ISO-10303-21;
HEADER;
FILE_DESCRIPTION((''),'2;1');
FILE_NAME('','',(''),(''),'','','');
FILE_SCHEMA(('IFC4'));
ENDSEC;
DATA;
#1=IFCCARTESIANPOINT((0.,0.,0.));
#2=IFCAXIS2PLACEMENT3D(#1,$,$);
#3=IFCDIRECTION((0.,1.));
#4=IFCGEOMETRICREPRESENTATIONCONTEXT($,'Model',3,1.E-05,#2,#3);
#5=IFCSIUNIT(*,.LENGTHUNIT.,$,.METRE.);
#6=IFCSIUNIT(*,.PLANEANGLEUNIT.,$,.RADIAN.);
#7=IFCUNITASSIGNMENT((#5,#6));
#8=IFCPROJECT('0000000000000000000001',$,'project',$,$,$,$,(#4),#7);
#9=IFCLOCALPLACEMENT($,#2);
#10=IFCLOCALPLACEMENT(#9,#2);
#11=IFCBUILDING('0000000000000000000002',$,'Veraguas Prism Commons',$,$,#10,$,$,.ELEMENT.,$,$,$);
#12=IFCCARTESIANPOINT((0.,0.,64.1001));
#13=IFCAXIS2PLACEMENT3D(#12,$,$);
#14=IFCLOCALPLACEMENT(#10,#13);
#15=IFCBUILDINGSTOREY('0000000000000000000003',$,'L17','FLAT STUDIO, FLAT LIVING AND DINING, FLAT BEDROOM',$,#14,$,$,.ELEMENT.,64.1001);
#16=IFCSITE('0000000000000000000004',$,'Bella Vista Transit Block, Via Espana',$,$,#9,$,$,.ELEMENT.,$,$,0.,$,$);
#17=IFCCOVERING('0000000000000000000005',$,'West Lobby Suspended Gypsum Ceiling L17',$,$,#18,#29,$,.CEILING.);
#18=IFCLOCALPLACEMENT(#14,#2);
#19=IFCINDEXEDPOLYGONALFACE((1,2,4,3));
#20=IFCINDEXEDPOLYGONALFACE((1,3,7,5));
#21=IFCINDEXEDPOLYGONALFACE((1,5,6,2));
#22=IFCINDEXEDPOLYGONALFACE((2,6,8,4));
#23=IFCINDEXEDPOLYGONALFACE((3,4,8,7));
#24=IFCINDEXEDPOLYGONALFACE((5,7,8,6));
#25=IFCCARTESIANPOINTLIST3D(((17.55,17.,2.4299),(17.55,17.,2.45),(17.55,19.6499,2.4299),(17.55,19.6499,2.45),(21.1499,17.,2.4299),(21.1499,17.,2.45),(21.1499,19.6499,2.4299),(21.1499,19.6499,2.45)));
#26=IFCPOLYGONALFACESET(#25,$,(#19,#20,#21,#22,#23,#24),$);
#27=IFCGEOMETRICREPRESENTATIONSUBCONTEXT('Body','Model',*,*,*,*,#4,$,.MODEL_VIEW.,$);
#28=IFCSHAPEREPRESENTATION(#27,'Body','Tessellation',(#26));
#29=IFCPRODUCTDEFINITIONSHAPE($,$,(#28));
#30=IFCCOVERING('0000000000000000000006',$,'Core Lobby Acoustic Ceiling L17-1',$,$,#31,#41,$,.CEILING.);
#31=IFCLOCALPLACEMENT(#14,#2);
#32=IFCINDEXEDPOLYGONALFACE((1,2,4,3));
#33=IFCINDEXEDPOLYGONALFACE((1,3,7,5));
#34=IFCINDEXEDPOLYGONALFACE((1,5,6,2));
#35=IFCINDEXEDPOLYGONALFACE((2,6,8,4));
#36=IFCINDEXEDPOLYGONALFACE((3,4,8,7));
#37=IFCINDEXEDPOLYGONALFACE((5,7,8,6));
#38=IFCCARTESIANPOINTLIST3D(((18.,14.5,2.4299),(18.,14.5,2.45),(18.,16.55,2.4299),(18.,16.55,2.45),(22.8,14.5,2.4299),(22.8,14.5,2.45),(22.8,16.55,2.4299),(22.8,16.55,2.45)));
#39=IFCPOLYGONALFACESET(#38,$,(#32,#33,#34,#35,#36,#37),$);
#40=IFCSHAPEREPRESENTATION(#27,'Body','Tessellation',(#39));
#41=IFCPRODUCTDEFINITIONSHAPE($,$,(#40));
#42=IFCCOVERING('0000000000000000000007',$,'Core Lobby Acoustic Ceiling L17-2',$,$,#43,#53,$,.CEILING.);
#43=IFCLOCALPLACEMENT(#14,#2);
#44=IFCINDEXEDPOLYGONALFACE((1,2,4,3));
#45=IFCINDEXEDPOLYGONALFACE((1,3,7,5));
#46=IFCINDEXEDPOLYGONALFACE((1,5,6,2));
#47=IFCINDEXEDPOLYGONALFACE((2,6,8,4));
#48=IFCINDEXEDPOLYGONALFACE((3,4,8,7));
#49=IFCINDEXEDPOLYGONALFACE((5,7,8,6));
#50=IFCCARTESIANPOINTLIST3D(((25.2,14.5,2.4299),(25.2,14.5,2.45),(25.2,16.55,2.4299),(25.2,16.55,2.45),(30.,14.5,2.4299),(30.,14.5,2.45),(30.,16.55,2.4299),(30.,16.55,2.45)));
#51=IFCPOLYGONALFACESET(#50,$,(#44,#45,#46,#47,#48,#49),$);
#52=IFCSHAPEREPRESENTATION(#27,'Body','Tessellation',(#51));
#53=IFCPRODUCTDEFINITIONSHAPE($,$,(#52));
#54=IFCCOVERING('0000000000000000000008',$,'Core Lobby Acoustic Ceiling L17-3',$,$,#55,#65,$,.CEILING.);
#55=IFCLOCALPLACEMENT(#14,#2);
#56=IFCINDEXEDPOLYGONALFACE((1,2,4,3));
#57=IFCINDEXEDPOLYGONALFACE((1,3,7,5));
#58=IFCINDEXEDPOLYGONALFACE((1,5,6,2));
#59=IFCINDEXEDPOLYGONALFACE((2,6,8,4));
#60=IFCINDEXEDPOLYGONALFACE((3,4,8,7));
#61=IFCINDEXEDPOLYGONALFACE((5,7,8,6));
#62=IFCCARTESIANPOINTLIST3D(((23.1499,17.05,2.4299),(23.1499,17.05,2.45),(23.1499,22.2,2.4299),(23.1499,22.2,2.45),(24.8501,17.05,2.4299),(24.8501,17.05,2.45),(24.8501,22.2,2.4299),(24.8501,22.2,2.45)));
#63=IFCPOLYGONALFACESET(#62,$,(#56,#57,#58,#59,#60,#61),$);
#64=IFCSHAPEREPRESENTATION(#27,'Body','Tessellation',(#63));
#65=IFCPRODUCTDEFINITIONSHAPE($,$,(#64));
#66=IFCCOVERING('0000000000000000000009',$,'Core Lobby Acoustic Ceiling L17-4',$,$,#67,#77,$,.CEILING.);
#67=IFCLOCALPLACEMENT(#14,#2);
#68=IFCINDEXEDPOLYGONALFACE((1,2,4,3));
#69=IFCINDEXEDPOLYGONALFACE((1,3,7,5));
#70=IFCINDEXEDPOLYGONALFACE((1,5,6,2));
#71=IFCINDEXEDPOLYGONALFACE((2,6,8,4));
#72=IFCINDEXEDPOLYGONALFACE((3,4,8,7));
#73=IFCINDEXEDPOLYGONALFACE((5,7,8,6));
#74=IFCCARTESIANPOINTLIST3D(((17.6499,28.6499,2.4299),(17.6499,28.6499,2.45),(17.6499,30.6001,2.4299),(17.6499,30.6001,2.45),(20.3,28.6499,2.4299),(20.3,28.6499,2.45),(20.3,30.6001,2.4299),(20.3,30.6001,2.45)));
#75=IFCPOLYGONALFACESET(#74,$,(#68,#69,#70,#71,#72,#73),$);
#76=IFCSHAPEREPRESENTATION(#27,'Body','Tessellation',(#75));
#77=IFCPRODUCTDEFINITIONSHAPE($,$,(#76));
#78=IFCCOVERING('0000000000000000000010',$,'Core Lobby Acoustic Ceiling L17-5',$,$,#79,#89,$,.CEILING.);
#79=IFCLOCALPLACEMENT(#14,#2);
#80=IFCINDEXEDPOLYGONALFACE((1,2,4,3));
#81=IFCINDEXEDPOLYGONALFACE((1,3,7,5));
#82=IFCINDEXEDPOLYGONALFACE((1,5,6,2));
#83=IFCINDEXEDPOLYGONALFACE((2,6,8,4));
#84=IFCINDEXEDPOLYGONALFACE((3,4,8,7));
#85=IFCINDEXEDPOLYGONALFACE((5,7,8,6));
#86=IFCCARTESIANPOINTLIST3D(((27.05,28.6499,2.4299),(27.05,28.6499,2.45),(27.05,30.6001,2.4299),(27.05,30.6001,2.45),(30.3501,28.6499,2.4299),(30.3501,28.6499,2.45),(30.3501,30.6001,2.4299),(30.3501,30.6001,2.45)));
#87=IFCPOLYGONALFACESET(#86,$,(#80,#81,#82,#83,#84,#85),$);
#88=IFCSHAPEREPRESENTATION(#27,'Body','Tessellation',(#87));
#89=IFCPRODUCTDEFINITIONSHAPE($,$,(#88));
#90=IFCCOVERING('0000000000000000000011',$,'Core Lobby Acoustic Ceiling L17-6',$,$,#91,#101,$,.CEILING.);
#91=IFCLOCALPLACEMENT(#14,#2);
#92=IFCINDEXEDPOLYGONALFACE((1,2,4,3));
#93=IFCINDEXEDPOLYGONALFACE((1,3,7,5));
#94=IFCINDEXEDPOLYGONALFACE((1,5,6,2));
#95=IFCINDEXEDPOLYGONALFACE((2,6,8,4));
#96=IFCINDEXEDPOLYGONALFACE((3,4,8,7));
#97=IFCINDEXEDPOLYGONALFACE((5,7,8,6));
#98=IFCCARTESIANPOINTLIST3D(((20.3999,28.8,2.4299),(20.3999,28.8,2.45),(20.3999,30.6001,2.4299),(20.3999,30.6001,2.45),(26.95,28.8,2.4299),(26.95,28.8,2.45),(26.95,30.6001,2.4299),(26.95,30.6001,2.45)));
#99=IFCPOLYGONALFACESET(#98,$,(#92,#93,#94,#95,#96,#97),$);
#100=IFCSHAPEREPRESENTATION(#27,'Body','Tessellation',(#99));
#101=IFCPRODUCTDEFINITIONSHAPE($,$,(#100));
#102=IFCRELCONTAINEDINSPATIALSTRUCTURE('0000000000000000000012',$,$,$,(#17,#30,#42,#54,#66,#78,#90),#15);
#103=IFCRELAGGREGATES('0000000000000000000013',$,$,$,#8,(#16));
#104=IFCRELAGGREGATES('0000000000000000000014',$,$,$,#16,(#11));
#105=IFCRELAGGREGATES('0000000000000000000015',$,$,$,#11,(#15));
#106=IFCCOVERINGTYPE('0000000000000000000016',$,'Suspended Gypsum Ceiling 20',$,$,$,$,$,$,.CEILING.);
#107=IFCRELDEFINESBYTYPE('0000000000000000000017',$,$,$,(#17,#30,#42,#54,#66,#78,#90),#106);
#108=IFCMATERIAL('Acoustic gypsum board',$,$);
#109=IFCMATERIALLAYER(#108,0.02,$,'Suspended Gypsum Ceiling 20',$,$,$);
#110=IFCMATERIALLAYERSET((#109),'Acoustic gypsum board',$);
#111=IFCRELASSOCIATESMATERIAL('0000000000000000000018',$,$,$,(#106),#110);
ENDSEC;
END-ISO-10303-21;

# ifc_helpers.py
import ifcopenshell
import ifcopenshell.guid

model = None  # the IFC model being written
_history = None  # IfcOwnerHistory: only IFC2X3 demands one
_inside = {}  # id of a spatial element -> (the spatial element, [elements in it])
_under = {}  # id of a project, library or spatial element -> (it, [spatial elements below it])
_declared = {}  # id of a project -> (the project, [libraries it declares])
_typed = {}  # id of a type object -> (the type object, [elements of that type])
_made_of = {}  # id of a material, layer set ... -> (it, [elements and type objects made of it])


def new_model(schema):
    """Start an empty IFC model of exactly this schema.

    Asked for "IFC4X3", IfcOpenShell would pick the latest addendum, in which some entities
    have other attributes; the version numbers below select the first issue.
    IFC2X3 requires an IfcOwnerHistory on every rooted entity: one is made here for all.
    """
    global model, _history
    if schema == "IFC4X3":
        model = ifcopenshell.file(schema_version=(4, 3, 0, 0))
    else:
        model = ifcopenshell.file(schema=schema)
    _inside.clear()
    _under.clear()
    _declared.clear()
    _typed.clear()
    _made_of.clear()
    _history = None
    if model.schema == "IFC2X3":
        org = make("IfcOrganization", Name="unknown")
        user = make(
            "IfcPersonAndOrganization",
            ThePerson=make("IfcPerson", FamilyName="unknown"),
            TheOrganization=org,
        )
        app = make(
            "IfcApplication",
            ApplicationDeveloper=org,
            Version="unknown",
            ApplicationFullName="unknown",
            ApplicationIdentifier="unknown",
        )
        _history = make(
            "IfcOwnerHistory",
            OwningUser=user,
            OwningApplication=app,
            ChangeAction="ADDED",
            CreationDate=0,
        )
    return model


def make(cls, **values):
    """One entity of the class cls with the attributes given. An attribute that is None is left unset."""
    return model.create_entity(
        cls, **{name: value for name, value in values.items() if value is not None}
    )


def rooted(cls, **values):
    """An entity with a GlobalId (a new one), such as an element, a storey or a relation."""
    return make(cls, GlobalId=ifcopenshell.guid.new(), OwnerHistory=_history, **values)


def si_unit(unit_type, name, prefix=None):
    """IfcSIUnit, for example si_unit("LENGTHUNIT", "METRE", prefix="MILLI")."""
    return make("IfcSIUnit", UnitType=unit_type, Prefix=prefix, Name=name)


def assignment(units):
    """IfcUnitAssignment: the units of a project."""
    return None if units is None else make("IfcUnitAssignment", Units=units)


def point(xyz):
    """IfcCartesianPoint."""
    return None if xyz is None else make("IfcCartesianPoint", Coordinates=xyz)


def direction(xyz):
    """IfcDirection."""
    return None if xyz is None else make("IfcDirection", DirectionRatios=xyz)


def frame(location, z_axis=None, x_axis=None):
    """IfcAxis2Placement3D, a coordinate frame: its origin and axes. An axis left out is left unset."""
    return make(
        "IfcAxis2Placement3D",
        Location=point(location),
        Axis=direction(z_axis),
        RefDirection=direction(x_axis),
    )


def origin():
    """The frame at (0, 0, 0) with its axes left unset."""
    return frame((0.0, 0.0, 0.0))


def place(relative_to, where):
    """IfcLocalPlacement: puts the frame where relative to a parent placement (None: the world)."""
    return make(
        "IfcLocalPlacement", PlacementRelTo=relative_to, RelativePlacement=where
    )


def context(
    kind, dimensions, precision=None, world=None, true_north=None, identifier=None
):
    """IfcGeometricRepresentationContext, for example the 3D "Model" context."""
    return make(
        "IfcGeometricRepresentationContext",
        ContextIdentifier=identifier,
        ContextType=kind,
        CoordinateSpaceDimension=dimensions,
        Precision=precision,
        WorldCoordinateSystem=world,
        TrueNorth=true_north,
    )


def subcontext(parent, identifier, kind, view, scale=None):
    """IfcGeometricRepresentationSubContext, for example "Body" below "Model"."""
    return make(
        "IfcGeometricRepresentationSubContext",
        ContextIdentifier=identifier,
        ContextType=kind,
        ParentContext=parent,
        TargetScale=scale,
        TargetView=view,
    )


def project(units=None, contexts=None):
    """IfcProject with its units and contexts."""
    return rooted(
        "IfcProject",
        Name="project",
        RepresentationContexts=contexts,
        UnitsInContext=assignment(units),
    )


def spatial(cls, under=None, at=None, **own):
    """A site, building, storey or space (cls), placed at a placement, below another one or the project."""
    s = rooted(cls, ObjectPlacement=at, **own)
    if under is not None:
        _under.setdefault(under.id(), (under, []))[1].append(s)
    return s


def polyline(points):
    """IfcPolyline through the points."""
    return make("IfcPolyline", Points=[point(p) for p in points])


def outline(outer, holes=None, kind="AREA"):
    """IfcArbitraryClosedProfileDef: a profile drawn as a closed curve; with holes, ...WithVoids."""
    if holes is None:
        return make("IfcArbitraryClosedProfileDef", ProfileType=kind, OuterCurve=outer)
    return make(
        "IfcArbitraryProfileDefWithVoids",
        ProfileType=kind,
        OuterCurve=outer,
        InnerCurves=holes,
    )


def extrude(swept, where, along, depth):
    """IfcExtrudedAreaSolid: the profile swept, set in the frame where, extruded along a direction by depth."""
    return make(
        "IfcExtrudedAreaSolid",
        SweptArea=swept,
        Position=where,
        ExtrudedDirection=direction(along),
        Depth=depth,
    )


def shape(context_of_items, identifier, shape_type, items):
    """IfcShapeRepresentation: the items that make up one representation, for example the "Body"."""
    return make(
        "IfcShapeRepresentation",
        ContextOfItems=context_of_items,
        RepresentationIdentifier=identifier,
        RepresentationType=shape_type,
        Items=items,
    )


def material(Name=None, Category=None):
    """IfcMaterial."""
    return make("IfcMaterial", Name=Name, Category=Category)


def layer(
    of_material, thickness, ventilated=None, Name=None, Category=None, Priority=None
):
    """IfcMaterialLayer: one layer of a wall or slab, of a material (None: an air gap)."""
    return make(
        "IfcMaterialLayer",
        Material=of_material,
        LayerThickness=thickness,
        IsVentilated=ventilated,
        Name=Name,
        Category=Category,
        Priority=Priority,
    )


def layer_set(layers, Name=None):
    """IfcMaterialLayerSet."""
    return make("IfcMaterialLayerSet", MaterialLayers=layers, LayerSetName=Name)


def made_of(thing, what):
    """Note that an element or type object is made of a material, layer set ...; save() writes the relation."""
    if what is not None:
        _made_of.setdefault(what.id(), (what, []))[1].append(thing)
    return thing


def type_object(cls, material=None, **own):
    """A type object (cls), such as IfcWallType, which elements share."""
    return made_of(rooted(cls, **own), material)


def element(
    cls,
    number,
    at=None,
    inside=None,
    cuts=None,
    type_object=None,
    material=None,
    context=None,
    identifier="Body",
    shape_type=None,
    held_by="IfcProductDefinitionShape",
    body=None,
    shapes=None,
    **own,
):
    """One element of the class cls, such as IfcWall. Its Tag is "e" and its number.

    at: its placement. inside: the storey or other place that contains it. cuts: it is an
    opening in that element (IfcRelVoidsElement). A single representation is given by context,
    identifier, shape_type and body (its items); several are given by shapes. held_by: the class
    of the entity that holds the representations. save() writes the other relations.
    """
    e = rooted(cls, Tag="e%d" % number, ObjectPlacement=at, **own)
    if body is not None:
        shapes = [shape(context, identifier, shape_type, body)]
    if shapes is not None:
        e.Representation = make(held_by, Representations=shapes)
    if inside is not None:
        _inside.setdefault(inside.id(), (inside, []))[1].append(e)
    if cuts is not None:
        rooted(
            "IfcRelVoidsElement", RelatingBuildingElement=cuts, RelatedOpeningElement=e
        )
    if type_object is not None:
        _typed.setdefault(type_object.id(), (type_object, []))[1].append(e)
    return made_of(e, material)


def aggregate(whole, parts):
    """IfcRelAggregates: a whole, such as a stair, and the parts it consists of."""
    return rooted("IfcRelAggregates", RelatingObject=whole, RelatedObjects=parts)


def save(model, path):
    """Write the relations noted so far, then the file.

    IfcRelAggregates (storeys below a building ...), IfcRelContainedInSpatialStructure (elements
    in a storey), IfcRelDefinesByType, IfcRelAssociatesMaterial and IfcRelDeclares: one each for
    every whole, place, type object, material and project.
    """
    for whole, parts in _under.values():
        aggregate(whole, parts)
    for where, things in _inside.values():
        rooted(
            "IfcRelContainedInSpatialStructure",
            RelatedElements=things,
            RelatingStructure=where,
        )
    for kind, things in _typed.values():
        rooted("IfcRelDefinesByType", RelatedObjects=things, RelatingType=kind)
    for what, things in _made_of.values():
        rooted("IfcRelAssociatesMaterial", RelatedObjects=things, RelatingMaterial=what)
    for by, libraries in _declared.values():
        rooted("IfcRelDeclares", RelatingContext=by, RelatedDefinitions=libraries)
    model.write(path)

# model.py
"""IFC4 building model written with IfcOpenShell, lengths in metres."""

from ifc_helpers import new_model, si_unit, direction, frame, origin, place, context, subcontext, project, spatial, polyline, outline, extrude, material, layer, layer_set, type_object, element, save


model = new_model("IFC4")

# Units and contexts
model_context = context("Model", 3, precision=1e-05, world=origin(), true_north=direction((0.0, 1.0)))
body_context = subcontext(model_context, "Body", "Model", "MODEL_VIEW")
ifc_project = project(units=[si_unit("LENGTHUNIT", "METRE"), si_unit("PLANEANGLEUNIT", "RADIAN")], contexts=[model_context])

# Site, building, storey
site_placement = place(None, origin())
site = spatial("IfcSite", under=ifc_project, at=site_placement, Name="Bella Vista Transit Block, Via Espana", CompositionType="ELEMENT", RefElevation=0.0)
building_placement = place(site_placement, origin())
building = spatial("IfcBuilding", under=site, at=building_placement, Name="Veraguas Prism Commons", CompositionType="ELEMENT")
storey_placement = place(building_placement, frame((0.0, 0.0, 64.1001)))
storey = spatial("IfcBuildingStorey", under=building, at=storey_placement, Name="L17", Description="FLAT STUDIO, FLAT LIVING AND DINING, FLAT BEDROOM", CompositionType="ELEMENT", Elevation=64.1001)

# Coverings
ifc_material_1 = material(Name="Acoustic gypsum board")
ifc_layer_1 = layer(ifc_material_1, 0.02, Name="Suspended Gypsum Ceiling 20")
ifc_layer_set_1 = layer_set([ifc_layer_1], Name="Acoustic gypsum board")
covering_type_1 = type_object("IfcCoveringType", Name="Suspended Gypsum Ceiling 20", PredefinedType="CEILING", material=ifc_layer_set_1)
covering_1_placement = place(storey_placement, frame((0.0, 0.0, 2.4299)))
element("IfcCovering", 1, at=covering_1_placement, inside=storey, type_object=covering_type_1, Name="West Lobby Suspended Gypsum Ceiling L17", PredefinedType="CEILING", context=body_context, shape_type="SweptSolid", body=[
    extrude(outline(polyline([(17.55, 17.0), (21.1499, 17.0), (21.1499, 19.6499), (17.55, 19.6499), (17.55, 17.0)])), origin(), (0.0, 0.0, 1.0), 0.02),
])
covering_2_placement = place(storey_placement, frame((0.0, 0.0, 2.4299)))
element("IfcCovering", 2, at=covering_2_placement, inside=storey, type_object=covering_type_1, Name="Core Lobby Acoustic Ceiling L17-1", PredefinedType="CEILING", context=body_context, shape_type="SweptSolid", body=[
    extrude(outline(polyline([(18.0, 14.5), (22.8, 14.5), (22.8, 16.55), (18.0, 16.55), (18.0, 14.5)])), origin(), (0.0, 0.0, 1.0), 0.02),
])
covering_3_placement = place(storey_placement, frame((0.0, 0.0, 2.4299)))
element("IfcCovering", 3, at=covering_3_placement, inside=storey, type_object=covering_type_1, Name="Core Lobby Acoustic Ceiling L17-2", PredefinedType="CEILING", context=body_context, shape_type="SweptSolid", body=[
    extrude(outline(polyline([(25.2, 14.5), (30.0, 14.5), (30.0, 16.55), (25.2, 16.55), (25.2, 14.5)])), origin(), (0.0, 0.0, 1.0), 0.02),
])
covering_4_placement = place(storey_placement, frame((0.0, 0.0, 2.4299)))
element("IfcCovering", 4, at=covering_4_placement, inside=storey, type_object=covering_type_1, Name="Core Lobby Acoustic Ceiling L17-3", PredefinedType="CEILING", context=body_context, shape_type="SweptSolid", body=[
    extrude(outline(polyline([(23.1499, 17.05), (24.8501, 17.05), (24.8501, 22.2), (23.1499, 22.2), (23.1499, 17.05)])), origin(), (0.0, 0.0, 1.0), 0.02),
])
covering_5_placement = place(storey_placement, frame((0.0, 0.0, 2.4299)))
element("IfcCovering", 5, at=covering_5_placement, inside=storey, type_object=covering_type_1, Name="Core Lobby Acoustic Ceiling L17-4", PredefinedType="CEILING", context=body_context, shape_type="SweptSolid", body=[
    extrude(outline(polyline([(17.6499, 28.6499), (20.3, 28.6499), (20.3, 30.6001), (17.6499, 30.6001), (17.6499, 28.6499)])), origin(), (0.0, 0.0, 1.0), 0.02),
])
covering_6_placement = place(storey_placement, frame((0.0, 0.0, 2.4299)))
element("IfcCovering", 6, at=covering_6_placement, inside=storey, type_object=covering_type_1, Name="Core Lobby Acoustic Ceiling L17-5", PredefinedType="CEILING", context=body_context, shape_type="SweptSolid", body=[
    extrude(outline(polyline([(27.05, 28.6499), (30.3501, 28.6499), (30.3501, 30.6001), (27.05, 30.6001), (27.05, 28.6499)])), origin(), (0.0, 0.0, 1.0), 0.02),
])
covering_7_placement = place(storey_placement, frame((0.0, 0.0, 2.4299)))
element("IfcCovering", 7, at=covering_7_placement, inside=storey, type_object=covering_type_1, Name="Core Lobby Acoustic Ceiling L17-6", PredefinedType="CEILING", context=body_context, shape_type="SweptSolid", body=[
    extrude(outline(polyline([(20.3999, 28.8), (26.95, 28.8), (26.95, 30.6001), (20.3999, 30.6001), (20.3999, 28.8)])), origin(), (0.0, 0.0, 1.0), 0.02),
])

save(model, "model.ifc")
